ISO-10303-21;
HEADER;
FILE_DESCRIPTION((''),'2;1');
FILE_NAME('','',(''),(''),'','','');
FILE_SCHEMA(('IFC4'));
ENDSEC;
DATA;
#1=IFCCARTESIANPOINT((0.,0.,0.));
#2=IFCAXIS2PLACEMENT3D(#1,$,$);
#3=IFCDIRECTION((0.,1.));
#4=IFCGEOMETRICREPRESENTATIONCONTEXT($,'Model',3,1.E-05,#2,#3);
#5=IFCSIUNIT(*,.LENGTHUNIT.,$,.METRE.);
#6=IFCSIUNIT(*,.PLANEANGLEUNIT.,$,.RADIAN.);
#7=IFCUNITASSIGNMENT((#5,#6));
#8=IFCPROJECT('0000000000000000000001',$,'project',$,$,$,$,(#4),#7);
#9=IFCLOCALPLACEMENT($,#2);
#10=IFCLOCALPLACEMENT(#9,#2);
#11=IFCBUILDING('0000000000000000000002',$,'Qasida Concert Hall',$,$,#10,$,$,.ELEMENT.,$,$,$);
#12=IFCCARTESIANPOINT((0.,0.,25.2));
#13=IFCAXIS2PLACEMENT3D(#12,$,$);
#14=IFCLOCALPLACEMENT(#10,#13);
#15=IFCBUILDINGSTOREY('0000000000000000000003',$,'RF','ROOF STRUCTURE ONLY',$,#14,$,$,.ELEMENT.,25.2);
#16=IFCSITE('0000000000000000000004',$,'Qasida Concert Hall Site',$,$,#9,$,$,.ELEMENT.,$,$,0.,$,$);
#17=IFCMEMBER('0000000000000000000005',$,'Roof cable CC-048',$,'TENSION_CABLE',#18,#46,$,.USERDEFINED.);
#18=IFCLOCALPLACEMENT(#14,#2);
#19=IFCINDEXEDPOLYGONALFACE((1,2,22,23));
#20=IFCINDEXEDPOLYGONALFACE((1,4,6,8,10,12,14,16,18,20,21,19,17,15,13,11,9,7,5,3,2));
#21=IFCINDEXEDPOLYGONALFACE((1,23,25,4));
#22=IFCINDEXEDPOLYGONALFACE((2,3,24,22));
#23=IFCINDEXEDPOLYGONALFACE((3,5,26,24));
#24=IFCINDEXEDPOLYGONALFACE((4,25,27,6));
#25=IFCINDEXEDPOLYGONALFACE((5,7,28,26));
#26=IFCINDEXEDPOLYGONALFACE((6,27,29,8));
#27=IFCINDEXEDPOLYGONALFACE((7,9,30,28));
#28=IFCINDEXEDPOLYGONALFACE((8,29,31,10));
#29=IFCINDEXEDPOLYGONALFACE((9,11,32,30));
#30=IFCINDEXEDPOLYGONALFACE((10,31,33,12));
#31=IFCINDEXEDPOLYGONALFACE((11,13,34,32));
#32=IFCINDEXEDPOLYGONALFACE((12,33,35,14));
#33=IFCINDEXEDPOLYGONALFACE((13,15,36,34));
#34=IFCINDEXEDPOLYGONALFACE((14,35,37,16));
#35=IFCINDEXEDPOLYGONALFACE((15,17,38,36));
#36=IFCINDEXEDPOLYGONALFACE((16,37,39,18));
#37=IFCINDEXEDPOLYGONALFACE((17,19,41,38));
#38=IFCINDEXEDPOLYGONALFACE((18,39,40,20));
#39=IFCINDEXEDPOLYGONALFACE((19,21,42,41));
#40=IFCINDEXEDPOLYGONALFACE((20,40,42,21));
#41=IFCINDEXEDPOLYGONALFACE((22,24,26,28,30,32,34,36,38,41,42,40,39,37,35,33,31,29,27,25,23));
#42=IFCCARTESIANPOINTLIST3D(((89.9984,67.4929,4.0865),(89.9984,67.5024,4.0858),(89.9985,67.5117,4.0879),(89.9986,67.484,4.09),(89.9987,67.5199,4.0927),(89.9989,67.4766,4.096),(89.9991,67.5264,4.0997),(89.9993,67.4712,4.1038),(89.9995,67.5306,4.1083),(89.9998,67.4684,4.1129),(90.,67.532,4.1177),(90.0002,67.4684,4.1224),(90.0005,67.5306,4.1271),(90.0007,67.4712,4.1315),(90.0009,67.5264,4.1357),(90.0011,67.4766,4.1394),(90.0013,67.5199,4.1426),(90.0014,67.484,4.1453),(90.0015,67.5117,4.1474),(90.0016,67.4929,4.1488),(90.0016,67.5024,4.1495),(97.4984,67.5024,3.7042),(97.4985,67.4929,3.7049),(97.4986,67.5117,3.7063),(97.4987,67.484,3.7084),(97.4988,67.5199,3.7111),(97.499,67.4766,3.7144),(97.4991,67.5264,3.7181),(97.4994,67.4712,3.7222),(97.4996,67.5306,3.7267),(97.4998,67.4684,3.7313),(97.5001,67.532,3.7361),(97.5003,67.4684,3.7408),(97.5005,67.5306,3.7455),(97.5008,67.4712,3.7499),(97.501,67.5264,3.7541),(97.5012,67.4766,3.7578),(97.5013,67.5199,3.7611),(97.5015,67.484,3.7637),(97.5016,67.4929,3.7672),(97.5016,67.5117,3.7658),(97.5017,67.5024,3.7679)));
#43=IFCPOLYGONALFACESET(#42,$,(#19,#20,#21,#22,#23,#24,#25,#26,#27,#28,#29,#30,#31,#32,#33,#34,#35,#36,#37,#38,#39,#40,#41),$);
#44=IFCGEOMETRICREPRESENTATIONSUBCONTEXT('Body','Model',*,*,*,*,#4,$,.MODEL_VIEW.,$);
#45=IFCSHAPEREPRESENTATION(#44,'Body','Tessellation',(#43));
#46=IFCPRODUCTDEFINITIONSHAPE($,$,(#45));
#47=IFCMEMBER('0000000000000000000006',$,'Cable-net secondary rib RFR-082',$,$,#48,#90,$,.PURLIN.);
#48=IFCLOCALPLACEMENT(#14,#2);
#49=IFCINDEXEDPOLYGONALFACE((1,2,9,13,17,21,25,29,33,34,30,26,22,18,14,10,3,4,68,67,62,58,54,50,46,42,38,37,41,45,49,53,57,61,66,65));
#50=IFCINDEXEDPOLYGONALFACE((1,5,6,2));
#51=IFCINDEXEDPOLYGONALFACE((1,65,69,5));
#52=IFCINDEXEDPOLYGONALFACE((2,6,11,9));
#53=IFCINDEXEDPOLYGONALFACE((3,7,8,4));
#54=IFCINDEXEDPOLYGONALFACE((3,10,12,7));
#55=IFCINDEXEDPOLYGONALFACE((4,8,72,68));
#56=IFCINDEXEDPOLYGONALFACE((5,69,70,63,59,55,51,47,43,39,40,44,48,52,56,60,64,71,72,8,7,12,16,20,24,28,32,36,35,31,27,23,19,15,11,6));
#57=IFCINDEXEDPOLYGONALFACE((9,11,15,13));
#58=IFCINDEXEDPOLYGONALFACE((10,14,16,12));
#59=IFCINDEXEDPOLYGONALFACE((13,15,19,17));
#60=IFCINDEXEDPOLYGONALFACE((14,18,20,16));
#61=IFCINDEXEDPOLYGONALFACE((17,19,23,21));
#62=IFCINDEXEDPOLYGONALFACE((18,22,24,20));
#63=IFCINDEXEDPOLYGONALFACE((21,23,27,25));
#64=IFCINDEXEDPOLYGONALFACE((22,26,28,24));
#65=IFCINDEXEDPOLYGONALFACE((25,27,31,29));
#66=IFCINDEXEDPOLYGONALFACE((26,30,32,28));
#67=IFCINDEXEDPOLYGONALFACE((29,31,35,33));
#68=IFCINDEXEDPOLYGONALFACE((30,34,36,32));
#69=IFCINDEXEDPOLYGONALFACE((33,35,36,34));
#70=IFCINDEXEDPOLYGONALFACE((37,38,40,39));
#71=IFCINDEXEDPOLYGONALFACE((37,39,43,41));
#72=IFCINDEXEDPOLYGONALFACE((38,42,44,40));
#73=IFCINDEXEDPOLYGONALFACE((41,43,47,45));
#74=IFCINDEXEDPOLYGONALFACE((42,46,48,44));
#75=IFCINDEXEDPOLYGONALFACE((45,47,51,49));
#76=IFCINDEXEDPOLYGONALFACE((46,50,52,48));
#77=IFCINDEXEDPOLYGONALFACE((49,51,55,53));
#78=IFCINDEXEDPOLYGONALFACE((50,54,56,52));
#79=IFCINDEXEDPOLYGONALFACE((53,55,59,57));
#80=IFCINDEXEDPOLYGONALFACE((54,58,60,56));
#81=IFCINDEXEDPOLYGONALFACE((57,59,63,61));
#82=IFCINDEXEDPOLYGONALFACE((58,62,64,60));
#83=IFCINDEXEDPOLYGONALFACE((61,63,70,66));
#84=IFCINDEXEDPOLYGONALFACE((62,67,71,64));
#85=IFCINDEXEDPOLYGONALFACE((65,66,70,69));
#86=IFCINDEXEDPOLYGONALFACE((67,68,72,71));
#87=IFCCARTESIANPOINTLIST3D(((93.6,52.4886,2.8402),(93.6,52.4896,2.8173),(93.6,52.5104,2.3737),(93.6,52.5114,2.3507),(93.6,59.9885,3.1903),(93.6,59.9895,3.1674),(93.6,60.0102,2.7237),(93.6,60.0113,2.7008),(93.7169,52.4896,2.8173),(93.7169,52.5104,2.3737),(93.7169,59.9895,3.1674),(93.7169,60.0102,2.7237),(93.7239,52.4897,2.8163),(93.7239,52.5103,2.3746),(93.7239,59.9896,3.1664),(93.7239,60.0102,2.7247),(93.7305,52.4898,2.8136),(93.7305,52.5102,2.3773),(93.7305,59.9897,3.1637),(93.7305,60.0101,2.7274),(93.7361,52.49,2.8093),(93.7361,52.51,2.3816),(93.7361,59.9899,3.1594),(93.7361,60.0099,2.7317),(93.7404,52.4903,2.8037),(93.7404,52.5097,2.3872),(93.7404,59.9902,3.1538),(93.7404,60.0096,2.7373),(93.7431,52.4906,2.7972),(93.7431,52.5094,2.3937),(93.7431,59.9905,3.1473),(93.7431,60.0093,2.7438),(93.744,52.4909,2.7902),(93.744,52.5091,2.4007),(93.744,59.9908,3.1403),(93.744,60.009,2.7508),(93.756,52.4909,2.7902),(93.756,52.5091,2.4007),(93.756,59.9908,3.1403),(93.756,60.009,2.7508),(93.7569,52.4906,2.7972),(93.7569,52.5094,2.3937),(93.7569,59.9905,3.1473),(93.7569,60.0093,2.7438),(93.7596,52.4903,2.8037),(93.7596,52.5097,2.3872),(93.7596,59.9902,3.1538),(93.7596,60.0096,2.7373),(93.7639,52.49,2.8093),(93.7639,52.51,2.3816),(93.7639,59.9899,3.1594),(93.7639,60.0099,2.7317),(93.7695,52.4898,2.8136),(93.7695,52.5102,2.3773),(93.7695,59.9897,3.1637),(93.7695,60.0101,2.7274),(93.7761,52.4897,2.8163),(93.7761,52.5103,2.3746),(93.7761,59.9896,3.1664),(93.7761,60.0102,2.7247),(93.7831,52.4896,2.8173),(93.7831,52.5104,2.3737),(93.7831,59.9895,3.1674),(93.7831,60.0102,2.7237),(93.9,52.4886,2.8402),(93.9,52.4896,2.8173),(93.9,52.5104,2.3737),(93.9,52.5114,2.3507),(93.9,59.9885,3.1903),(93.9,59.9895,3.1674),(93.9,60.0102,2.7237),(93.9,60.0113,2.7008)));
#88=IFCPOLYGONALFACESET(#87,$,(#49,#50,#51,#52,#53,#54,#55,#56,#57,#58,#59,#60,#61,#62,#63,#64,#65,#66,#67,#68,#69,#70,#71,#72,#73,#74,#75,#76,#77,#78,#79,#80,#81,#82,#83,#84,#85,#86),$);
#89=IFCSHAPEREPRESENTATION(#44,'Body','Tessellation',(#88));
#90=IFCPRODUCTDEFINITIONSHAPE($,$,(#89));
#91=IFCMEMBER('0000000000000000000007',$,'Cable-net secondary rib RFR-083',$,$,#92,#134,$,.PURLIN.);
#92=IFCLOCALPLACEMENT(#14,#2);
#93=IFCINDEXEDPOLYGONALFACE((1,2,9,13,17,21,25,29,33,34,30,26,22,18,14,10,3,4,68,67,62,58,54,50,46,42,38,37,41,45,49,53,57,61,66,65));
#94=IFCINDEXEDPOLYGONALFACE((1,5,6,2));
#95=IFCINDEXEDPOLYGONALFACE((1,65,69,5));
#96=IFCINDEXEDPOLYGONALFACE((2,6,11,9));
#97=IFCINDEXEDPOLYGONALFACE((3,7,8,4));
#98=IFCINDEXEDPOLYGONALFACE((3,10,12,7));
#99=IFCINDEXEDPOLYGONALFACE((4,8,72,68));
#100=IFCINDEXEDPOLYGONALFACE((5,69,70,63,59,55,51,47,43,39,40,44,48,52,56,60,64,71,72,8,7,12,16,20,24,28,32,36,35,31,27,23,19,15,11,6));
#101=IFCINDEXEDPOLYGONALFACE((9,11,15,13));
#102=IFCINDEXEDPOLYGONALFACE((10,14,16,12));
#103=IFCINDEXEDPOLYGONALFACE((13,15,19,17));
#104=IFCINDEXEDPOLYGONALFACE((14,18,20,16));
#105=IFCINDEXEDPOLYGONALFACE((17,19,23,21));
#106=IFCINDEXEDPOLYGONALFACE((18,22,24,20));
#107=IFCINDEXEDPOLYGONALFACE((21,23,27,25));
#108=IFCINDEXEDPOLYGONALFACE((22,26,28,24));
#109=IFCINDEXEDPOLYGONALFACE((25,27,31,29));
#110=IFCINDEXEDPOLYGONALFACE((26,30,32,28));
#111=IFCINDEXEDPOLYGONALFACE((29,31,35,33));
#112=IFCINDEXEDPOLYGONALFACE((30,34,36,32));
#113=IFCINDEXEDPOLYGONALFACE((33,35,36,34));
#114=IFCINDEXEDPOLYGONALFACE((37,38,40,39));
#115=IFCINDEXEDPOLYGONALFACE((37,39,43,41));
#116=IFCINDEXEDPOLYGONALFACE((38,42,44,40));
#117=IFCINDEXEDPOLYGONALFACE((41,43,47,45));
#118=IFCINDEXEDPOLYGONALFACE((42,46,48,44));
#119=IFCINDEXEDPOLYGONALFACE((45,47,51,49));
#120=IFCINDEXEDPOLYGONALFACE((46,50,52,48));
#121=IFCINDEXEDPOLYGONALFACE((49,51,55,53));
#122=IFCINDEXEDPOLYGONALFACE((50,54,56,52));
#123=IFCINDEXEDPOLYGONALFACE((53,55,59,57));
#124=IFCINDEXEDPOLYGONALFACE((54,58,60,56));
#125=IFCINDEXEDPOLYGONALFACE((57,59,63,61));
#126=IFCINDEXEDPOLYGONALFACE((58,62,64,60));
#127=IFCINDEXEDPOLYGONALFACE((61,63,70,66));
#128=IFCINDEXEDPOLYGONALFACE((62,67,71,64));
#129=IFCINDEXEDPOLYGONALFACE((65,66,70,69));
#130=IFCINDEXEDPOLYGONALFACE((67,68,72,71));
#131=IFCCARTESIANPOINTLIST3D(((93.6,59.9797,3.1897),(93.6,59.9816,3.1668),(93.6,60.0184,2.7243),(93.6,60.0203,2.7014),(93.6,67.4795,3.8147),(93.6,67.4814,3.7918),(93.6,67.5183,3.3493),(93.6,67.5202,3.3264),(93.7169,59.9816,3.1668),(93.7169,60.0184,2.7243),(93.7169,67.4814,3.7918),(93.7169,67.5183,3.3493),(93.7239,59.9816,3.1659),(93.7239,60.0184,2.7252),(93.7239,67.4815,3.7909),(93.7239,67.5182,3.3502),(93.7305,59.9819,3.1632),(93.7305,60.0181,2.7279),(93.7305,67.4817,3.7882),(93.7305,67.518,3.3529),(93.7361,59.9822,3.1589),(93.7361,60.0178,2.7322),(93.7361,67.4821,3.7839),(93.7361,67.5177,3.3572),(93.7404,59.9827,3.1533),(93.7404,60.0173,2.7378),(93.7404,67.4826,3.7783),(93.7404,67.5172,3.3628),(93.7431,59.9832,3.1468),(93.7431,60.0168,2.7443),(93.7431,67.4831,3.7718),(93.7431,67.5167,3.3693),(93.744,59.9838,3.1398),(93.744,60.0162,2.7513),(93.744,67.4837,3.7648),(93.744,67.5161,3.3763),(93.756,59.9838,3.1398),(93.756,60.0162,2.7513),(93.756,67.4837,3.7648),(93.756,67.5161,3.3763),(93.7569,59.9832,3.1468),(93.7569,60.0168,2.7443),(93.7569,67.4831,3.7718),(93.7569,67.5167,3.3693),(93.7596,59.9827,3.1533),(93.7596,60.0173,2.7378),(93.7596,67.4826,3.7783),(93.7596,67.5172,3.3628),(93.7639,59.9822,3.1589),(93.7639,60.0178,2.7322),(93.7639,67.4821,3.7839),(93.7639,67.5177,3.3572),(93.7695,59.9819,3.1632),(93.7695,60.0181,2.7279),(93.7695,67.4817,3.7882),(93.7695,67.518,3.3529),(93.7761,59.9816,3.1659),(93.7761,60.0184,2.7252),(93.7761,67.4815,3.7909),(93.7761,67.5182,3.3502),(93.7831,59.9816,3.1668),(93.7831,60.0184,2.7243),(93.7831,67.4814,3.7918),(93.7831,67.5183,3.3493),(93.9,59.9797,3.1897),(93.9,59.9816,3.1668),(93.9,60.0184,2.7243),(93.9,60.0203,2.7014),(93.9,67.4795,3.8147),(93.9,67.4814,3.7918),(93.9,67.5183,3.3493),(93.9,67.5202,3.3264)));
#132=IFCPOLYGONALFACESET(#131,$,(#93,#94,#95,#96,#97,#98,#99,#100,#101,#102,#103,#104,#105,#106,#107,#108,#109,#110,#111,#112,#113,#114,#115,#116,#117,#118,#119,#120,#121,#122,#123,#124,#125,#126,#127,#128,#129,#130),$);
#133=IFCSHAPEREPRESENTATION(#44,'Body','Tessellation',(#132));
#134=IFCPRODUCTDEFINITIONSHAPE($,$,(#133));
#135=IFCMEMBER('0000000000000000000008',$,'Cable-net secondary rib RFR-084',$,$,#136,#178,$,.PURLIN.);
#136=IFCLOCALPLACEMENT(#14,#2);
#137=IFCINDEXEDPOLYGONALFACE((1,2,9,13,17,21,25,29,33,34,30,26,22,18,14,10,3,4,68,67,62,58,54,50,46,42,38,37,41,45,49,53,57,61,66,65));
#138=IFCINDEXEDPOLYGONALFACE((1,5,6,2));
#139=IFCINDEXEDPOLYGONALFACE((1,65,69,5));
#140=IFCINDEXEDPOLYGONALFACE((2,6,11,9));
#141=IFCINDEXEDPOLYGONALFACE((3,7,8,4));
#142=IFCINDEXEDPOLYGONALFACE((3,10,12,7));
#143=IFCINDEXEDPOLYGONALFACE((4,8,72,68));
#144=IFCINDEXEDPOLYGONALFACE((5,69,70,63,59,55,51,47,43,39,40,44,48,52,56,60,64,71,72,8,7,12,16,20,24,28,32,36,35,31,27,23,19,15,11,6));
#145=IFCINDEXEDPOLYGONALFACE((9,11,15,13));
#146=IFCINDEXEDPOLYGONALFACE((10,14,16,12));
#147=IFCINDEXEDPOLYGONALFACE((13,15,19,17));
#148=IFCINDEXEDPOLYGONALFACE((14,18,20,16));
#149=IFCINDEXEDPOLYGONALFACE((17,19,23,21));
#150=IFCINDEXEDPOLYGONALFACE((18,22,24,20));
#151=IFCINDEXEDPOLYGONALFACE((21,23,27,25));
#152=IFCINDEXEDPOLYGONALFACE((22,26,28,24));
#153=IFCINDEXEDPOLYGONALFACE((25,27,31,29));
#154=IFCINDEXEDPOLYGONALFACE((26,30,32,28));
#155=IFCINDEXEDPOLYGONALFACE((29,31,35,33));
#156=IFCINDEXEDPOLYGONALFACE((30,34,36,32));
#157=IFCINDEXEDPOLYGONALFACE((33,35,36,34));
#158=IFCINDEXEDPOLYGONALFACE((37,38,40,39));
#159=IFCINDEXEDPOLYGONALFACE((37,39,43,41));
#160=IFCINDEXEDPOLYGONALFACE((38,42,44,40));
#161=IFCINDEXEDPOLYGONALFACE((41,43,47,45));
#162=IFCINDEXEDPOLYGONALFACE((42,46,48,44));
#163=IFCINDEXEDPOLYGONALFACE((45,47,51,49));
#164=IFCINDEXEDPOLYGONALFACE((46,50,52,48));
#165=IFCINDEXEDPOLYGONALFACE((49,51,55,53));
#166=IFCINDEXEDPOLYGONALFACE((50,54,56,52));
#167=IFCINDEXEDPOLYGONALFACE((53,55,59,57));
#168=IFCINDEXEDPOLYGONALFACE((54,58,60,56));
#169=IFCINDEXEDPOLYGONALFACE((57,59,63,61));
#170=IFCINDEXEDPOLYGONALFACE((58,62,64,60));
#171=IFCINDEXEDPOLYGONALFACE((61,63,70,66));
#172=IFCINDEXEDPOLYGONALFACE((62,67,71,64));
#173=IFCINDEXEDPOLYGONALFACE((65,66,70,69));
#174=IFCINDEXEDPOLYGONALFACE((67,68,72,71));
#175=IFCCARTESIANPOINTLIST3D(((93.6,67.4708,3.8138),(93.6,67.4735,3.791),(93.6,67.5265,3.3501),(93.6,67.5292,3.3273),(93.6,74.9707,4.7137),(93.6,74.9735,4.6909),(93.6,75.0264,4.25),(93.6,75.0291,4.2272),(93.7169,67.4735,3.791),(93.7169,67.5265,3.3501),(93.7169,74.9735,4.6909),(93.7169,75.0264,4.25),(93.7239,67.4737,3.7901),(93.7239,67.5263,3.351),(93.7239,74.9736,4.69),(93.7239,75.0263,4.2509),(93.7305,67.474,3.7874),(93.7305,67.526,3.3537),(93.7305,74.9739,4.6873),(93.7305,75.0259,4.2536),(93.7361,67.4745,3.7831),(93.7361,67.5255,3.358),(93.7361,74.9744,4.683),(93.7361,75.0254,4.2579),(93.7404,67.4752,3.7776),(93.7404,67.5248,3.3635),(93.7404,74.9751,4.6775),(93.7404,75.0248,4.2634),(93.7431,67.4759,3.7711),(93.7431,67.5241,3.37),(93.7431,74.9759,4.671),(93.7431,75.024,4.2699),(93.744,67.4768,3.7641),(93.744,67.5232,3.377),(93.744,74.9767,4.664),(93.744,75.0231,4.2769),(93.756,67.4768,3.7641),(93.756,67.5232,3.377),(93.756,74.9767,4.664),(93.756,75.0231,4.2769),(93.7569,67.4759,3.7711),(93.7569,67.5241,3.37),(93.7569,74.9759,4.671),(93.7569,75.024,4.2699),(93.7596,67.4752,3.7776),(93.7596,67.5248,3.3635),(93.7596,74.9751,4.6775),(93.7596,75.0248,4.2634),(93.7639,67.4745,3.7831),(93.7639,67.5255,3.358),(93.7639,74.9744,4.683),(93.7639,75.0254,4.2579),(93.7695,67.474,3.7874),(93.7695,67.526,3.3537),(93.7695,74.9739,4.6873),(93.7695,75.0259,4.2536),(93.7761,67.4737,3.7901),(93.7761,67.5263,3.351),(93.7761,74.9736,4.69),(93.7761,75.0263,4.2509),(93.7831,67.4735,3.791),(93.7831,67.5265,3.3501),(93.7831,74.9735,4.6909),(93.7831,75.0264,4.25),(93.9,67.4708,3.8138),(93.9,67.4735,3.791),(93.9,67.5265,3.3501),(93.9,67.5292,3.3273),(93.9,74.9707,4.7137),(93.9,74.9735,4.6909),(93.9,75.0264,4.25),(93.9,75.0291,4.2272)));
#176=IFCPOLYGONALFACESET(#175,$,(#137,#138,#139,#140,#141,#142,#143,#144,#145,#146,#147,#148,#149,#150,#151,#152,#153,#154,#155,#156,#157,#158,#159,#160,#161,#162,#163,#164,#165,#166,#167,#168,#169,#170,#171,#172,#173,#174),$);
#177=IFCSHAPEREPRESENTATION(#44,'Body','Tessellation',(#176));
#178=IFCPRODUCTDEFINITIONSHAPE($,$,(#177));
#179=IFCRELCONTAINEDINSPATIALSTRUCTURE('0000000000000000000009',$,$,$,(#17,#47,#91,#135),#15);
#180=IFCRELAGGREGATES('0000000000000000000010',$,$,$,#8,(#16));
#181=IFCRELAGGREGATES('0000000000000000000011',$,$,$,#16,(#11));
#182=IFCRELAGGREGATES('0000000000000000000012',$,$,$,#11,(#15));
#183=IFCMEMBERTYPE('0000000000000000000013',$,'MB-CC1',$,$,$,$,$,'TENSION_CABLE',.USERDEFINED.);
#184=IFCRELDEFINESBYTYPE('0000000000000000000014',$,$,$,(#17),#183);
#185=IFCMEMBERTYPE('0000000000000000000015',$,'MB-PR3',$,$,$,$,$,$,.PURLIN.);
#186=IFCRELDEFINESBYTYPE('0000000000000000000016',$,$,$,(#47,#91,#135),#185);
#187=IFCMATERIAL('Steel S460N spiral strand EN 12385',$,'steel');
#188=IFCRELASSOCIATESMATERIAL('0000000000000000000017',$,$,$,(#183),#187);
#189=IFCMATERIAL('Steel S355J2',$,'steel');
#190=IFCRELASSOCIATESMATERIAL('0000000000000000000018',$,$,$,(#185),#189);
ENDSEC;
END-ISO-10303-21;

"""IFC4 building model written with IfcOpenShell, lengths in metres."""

from ifc_helpers import new_model, si_unit, direction, frame, origin, origin_2d, place, context, subcontext, project, spatial, circle, i_section, extrude, material, material_profile, profile_set, type_object, element, save


model = new_model("IFC4")

# Units and contexts
model_context = context("Model", 3, precision=1e-05, world=origin(), true_north=direction((0.0, 1.0)))
body_context = subcontext(model_context, "Body", "Model", "MODEL_VIEW")
ifc_project = project(units=[si_unit("LENGTHUNIT", "METRE"), si_unit("PLANEANGLEUNIT", "RADIAN")], contexts=[model_context])

# Site, building, storey
site_placement = place(None, origin())
site = spatial("IfcSite", under=ifc_project, at=site_placement, Name="Qasida Concert Hall Site", CompositionType="ELEMENT", RefElevation=0.0)
building_placement = place(site_placement, origin())
building = spatial("IfcBuilding", under=site, at=building_placement, Name="Qasida Concert Hall", CompositionType="ELEMENT")
storey_placement = place(building_placement, frame((0.0, 0.0, 25.2)))
storey = spatial("IfcBuildingStorey", under=building, at=storey_placement, Name="RF", Description="ROOF STRUCTURE ONLY", CompositionType="ELEMENT", Elevation=25.2)

# Members
ifc_material_1 = material(Name="Steel S460N spiral strand EN 12385", Category="steel")
ifc_material_profile_1 = material_profile(ifc_material_1, circle(Radius=0.032, at=origin_2d()), Name="STRAND D64")
ifc_profile_set_1 = profile_set([ifc_material_profile_1], Name="Steel S460N spiral strand EN 12385")
member_type_1 = type_object("IfcMemberType", Name="MB-CC1", ElementType="TENSION_CABLE", PredefinedType="USERDEFINED", material=ifc_profile_set_1)
member_1_placement = place(storey_placement, frame((90.0, 67.5, 4.1177), z_axis=(0.998708, 0.0, -0.050813), x_axis=(0.0, 1.0, 0.0)))
element("IfcMember", 1, at=member_1_placement, inside=storey, type_object=member_type_1, Name="Roof cable CC-048", ObjectType="TENSION_CABLE", PredefinedType="USERDEFINED", context=body_context, shape_type="SweptSolid", body=[
    extrude(circle(Radius=0.032, at=origin_2d()), origin(), (0.0, 0.0, 1.0), 7.5098),
])
ifc_material_2 = material(Name="Steel S355J2", Category="steel")
ifc_material_profile_2 = material_profile(ifc_material_2, i_section(OverallWidth=0.3, OverallDepth=0.49, WebThickness=0.012, FlangeThickness=0.0229, FilletRadius=0.0271, at=origin_2d()), Name="HEA 500")
ifc_profile_set_2 = profile_set([ifc_material_profile_2], Name="Steel S355J2")
member_type_2 = type_object("IfcMemberType", Name="MB-PR3", PredefinedType="PURLIN", material=ifc_profile_set_2)
member_2_placement = place(storey_placement, frame((93.75, 52.5, 2.5955), z_axis=(0.0, 0.998912, 0.046629), x_axis=(-1.0, 0.0, 0.0)))
element("IfcMember", 2, at=member_2_placement, inside=storey, type_object=member_type_2, Name="Cable-net secondary rib RFR-082", PredefinedType="PURLIN", context=body_context, shape_type="SweptSolid", body=[
    extrude(i_section(OverallWidth=0.3, OverallDepth=0.49, WebThickness=0.012, FlangeThickness=0.0229, FilletRadius=0.0271, at=origin_2d()), origin(), (0.0, 0.0, 1.0), 7.5081),
])
member_3_placement = place(storey_placement, frame((93.75, 60.0, 2.9456), z_axis=(0.0, 0.996546, 0.083045), x_axis=(-1.0, 0.0, 0.0)))
element("IfcMember", 3, at=member_3_placement, inside=storey, type_object=member_type_2, Name="Cable-net secondary rib RFR-083", PredefinedType="PURLIN", context=body_context, shape_type="SweptSolid", body=[
    extrude(i_section(OverallWidth=0.3, OverallDepth=0.49, WebThickness=0.012, FlangeThickness=0.0229, FilletRadius=0.0271, at=origin_2d()), origin(), (0.0, 0.0, 1.0), 7.5259),
])
member_4_placement = place(storey_placement, frame((93.75, 67.5, 3.5706), z_axis=(0.0, 0.992878, 0.119132), x_axis=(-1.0, 0.0, 0.0)))
element("IfcMember", 4, at=member_4_placement, inside=storey, type_object=member_type_2, Name="Cable-net secondary rib RFR-084", PredefinedType="PURLIN", context=body_context, shape_type="SweptSolid", body=[
    extrude(i_section(OverallWidth=0.3, OverallDepth=0.49, WebThickness=0.012, FlangeThickness=0.0229, FilletRadius=0.0271, at=origin_2d()), origin(), (0.0, 0.0, 1.0), 7.5537),
])

save(model, "model.ifc")
